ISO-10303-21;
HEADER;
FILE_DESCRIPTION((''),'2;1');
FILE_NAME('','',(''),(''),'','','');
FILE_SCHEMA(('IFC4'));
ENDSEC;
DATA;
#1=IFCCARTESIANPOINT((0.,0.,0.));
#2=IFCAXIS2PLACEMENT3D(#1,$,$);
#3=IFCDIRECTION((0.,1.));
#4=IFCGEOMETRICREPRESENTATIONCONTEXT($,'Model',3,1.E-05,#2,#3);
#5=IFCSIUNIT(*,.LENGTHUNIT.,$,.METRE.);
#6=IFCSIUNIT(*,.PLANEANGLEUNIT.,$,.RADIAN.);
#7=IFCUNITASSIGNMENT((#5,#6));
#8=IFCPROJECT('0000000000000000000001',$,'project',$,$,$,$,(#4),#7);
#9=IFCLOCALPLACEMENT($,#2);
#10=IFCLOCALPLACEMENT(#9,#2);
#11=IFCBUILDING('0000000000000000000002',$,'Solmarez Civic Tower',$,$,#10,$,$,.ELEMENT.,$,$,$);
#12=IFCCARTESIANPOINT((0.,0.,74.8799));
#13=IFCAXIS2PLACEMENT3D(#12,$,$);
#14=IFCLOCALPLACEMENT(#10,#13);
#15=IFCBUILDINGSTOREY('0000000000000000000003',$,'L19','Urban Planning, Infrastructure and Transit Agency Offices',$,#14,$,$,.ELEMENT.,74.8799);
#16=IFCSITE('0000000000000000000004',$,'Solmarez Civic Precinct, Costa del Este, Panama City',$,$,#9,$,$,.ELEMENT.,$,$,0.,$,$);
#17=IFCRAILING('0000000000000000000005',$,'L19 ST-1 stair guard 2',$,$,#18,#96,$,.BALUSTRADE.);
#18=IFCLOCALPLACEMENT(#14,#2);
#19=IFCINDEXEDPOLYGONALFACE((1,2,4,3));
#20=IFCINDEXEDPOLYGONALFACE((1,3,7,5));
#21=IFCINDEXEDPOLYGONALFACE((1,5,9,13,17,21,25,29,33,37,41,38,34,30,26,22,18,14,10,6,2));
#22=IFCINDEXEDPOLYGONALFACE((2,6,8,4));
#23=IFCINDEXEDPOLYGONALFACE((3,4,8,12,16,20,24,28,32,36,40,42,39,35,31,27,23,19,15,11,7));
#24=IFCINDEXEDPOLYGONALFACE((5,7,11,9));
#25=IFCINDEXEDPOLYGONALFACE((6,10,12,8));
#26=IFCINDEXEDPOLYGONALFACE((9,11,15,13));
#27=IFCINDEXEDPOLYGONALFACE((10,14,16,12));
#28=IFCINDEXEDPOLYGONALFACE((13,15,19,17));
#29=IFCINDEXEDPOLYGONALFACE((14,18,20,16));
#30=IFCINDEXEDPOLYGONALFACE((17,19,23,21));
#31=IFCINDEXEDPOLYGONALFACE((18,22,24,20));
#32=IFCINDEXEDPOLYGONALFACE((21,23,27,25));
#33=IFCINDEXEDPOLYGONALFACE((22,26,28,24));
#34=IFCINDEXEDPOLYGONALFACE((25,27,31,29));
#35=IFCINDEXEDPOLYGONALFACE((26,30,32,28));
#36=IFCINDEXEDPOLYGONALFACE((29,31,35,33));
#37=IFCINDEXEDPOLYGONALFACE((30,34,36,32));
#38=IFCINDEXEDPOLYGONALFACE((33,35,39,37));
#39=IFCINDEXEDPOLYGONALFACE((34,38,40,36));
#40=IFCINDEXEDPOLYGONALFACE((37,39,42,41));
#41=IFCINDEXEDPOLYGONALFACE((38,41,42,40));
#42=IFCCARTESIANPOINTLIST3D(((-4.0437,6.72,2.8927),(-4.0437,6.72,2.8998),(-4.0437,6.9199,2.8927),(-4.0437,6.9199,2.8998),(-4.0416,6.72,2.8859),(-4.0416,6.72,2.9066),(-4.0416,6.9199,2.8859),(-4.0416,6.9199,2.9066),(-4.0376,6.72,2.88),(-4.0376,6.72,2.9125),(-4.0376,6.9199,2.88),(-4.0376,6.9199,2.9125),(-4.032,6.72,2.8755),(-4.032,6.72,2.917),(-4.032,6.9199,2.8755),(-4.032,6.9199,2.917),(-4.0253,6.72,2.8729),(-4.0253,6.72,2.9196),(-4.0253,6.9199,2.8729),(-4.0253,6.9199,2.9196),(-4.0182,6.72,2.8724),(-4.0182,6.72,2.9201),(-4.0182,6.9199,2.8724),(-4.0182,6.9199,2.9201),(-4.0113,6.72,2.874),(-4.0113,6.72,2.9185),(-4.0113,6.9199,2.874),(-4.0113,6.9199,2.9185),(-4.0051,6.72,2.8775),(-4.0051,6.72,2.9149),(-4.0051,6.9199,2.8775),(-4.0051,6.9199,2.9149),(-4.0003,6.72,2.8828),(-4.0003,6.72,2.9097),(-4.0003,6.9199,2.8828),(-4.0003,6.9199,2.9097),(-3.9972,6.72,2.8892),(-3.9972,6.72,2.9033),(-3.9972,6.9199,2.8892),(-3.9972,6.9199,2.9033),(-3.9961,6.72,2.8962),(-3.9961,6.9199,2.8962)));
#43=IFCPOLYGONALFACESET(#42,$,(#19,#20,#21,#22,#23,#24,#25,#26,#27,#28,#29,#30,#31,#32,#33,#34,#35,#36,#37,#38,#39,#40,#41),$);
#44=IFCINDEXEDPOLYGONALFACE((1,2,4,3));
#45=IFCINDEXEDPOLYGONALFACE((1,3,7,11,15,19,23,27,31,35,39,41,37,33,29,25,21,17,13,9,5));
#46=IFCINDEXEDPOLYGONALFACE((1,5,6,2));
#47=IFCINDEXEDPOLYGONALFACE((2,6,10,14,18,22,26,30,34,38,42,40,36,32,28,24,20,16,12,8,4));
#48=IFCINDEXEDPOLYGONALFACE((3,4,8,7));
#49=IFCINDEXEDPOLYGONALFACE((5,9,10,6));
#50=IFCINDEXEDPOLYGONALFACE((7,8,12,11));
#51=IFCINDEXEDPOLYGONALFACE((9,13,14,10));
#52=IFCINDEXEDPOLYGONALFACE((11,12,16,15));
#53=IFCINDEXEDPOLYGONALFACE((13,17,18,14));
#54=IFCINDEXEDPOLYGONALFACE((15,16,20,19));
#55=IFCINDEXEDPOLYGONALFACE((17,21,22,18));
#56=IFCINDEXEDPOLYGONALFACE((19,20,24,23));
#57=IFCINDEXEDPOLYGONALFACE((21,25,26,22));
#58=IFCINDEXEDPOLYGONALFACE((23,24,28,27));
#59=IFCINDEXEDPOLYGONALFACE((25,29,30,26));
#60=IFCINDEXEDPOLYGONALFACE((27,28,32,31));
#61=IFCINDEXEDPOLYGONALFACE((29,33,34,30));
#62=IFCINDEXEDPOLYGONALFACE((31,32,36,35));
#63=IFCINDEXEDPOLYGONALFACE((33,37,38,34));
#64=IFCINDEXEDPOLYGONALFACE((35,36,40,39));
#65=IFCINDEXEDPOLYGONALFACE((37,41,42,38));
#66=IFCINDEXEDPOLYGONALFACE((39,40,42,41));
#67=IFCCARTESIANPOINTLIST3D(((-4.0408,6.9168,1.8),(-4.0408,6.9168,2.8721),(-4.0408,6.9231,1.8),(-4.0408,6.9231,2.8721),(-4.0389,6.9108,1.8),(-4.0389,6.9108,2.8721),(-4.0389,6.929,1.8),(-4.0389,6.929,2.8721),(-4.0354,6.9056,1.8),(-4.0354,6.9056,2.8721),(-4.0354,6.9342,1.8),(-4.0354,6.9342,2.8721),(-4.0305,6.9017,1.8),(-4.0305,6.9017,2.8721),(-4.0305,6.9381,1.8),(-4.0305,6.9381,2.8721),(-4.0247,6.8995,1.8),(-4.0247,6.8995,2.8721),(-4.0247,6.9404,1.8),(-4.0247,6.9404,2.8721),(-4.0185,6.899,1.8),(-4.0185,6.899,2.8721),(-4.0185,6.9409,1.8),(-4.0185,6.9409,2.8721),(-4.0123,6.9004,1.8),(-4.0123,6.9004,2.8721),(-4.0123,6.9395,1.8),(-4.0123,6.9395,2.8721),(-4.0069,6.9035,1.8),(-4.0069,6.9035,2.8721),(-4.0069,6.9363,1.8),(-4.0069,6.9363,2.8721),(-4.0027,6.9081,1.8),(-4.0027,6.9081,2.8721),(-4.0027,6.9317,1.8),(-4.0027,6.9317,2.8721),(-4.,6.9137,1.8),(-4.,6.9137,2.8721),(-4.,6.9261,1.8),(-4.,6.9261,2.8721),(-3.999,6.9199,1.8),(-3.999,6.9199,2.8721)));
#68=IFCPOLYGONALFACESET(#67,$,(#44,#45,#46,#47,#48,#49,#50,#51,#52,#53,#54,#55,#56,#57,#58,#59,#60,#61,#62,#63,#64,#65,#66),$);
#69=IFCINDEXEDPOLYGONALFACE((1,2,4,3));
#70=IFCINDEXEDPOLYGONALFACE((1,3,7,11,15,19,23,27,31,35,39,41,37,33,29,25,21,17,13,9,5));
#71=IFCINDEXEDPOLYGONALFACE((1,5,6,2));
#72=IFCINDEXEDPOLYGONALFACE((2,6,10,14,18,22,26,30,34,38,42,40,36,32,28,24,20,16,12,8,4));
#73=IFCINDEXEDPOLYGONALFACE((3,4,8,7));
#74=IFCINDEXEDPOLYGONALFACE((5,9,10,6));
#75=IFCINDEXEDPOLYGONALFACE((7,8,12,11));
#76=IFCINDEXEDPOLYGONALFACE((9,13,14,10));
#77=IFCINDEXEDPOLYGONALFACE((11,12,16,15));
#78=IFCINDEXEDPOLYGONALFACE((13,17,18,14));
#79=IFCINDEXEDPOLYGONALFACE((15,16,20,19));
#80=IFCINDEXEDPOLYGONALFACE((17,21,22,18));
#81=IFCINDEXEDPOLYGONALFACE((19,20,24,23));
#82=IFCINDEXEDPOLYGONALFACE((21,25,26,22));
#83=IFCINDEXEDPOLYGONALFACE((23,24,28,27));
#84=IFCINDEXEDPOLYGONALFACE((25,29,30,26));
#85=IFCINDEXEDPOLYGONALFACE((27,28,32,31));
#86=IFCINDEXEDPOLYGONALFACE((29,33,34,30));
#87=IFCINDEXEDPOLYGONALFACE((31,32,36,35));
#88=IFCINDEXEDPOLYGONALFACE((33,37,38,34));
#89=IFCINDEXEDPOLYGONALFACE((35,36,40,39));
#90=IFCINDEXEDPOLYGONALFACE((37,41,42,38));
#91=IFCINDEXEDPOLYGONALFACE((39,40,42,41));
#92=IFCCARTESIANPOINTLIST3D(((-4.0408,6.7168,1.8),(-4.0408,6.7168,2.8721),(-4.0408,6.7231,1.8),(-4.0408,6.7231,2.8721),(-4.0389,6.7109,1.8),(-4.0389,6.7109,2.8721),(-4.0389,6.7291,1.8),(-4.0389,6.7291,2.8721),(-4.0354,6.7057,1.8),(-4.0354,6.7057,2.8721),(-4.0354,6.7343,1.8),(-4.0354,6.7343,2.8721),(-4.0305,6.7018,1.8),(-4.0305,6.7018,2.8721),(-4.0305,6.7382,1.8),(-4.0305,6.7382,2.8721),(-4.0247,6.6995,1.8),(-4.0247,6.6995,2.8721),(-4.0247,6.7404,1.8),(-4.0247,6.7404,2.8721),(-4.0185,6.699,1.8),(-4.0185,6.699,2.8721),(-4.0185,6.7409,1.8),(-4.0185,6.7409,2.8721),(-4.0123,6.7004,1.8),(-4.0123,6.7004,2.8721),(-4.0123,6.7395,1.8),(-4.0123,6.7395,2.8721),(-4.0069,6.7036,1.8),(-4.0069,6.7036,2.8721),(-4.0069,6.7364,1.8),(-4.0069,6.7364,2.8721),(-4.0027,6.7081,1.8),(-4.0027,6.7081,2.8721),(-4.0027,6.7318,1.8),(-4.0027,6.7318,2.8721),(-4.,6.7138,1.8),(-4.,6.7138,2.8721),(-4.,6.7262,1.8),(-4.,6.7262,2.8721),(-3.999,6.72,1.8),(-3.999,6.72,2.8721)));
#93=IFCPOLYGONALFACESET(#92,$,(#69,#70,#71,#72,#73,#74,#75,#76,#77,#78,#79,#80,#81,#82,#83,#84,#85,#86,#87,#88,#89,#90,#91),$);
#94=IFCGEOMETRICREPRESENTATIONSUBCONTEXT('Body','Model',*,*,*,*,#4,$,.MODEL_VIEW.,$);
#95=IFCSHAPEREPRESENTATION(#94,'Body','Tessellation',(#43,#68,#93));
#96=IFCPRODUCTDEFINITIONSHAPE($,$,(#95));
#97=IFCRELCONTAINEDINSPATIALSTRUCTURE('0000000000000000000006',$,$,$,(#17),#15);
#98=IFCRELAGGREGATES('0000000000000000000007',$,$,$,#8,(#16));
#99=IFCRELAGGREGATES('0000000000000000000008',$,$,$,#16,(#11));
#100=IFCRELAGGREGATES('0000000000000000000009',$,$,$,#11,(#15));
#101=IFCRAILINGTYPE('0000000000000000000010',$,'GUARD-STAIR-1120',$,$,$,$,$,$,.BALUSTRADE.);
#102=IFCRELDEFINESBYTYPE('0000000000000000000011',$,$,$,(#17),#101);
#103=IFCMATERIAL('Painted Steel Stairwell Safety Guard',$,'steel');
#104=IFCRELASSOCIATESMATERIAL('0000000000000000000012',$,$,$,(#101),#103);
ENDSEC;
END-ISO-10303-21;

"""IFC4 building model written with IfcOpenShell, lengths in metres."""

from ifc_helpers import new_model, si_unit, direction, frame, origin, origin_2d, place, context, subcontext, project, spatial, circle, extrude, material, type_object, element, save


model = new_model("IFC4")

# Units and contexts
model_context = context("Model", 3, precision=1e-05, world=origin(), true_north=direction((0.0, 1.0)))
body_context = subcontext(model_context, "Body", "Model", "MODEL_VIEW")
ifc_project = project(units=[si_unit("LENGTHUNIT", "METRE"), si_unit("PLANEANGLEUNIT", "RADIAN")], contexts=[model_context])

# Site, building, storey
site_placement = place(None, origin())
site = spatial("IfcSite", under=ifc_project, at=site_placement, Name="Solmarez Civic Precinct, Costa del Este, Panama City", CompositionType="ELEMENT", RefElevation=0.0)
building_placement = place(site_placement, origin())
building = spatial("IfcBuilding", under=site, at=building_placement, Name="Solmarez Civic Tower", CompositionType="ELEMENT")
storey_placement = place(building_placement, frame((0.0, 0.0, 74.8799)))
storey = spatial("IfcBuildingStorey", under=building, at=storey_placement, Name="L19", Description="Urban Planning, Infrastructure and Transit Agency Offices", CompositionType="ELEMENT", Elevation=74.8799)

# Railing
ifc_material_1 = material(Name="Painted Steel Stairwell Safety Guard", Category="steel")
railing_type_1 = type_object("IfcRailingType", Name="GUARD-STAIR-1120", PredefinedType="BALUSTRADE", material=ifc_material_1)
railing_1_placement = place(storey_placement, frame((-4.02, 6.9199, 1.8)))
element("IfcRailing", 1, at=railing_1_placement, inside=storey, type_object=railing_type_1, Name="L19 ST-1 stair guard 2", PredefinedType="BALUSTRADE", context=body_context, shape_type="SweptSolid", body=[
    extrude(circle(Radius=0.0239, at=origin_2d()), frame((0.0, 0.0, 1.0962), z_axis=(0.0, -1.0, 0.0), x_axis=(1.0, 0.0, 0.0)), (0.0, 0.0, 1.0), 0.2),
    extrude(circle(Radius=0.021, at=origin_2d()), origin(), (0.0, 0.0, 1.0), 1.072),
    extrude(circle(Radius=0.021, at=origin_2d()), frame((0.0, -0.2, 0.0)), (0.0, 0.0, 1.0), 1.072),
])

save(model, "model.ifc")
